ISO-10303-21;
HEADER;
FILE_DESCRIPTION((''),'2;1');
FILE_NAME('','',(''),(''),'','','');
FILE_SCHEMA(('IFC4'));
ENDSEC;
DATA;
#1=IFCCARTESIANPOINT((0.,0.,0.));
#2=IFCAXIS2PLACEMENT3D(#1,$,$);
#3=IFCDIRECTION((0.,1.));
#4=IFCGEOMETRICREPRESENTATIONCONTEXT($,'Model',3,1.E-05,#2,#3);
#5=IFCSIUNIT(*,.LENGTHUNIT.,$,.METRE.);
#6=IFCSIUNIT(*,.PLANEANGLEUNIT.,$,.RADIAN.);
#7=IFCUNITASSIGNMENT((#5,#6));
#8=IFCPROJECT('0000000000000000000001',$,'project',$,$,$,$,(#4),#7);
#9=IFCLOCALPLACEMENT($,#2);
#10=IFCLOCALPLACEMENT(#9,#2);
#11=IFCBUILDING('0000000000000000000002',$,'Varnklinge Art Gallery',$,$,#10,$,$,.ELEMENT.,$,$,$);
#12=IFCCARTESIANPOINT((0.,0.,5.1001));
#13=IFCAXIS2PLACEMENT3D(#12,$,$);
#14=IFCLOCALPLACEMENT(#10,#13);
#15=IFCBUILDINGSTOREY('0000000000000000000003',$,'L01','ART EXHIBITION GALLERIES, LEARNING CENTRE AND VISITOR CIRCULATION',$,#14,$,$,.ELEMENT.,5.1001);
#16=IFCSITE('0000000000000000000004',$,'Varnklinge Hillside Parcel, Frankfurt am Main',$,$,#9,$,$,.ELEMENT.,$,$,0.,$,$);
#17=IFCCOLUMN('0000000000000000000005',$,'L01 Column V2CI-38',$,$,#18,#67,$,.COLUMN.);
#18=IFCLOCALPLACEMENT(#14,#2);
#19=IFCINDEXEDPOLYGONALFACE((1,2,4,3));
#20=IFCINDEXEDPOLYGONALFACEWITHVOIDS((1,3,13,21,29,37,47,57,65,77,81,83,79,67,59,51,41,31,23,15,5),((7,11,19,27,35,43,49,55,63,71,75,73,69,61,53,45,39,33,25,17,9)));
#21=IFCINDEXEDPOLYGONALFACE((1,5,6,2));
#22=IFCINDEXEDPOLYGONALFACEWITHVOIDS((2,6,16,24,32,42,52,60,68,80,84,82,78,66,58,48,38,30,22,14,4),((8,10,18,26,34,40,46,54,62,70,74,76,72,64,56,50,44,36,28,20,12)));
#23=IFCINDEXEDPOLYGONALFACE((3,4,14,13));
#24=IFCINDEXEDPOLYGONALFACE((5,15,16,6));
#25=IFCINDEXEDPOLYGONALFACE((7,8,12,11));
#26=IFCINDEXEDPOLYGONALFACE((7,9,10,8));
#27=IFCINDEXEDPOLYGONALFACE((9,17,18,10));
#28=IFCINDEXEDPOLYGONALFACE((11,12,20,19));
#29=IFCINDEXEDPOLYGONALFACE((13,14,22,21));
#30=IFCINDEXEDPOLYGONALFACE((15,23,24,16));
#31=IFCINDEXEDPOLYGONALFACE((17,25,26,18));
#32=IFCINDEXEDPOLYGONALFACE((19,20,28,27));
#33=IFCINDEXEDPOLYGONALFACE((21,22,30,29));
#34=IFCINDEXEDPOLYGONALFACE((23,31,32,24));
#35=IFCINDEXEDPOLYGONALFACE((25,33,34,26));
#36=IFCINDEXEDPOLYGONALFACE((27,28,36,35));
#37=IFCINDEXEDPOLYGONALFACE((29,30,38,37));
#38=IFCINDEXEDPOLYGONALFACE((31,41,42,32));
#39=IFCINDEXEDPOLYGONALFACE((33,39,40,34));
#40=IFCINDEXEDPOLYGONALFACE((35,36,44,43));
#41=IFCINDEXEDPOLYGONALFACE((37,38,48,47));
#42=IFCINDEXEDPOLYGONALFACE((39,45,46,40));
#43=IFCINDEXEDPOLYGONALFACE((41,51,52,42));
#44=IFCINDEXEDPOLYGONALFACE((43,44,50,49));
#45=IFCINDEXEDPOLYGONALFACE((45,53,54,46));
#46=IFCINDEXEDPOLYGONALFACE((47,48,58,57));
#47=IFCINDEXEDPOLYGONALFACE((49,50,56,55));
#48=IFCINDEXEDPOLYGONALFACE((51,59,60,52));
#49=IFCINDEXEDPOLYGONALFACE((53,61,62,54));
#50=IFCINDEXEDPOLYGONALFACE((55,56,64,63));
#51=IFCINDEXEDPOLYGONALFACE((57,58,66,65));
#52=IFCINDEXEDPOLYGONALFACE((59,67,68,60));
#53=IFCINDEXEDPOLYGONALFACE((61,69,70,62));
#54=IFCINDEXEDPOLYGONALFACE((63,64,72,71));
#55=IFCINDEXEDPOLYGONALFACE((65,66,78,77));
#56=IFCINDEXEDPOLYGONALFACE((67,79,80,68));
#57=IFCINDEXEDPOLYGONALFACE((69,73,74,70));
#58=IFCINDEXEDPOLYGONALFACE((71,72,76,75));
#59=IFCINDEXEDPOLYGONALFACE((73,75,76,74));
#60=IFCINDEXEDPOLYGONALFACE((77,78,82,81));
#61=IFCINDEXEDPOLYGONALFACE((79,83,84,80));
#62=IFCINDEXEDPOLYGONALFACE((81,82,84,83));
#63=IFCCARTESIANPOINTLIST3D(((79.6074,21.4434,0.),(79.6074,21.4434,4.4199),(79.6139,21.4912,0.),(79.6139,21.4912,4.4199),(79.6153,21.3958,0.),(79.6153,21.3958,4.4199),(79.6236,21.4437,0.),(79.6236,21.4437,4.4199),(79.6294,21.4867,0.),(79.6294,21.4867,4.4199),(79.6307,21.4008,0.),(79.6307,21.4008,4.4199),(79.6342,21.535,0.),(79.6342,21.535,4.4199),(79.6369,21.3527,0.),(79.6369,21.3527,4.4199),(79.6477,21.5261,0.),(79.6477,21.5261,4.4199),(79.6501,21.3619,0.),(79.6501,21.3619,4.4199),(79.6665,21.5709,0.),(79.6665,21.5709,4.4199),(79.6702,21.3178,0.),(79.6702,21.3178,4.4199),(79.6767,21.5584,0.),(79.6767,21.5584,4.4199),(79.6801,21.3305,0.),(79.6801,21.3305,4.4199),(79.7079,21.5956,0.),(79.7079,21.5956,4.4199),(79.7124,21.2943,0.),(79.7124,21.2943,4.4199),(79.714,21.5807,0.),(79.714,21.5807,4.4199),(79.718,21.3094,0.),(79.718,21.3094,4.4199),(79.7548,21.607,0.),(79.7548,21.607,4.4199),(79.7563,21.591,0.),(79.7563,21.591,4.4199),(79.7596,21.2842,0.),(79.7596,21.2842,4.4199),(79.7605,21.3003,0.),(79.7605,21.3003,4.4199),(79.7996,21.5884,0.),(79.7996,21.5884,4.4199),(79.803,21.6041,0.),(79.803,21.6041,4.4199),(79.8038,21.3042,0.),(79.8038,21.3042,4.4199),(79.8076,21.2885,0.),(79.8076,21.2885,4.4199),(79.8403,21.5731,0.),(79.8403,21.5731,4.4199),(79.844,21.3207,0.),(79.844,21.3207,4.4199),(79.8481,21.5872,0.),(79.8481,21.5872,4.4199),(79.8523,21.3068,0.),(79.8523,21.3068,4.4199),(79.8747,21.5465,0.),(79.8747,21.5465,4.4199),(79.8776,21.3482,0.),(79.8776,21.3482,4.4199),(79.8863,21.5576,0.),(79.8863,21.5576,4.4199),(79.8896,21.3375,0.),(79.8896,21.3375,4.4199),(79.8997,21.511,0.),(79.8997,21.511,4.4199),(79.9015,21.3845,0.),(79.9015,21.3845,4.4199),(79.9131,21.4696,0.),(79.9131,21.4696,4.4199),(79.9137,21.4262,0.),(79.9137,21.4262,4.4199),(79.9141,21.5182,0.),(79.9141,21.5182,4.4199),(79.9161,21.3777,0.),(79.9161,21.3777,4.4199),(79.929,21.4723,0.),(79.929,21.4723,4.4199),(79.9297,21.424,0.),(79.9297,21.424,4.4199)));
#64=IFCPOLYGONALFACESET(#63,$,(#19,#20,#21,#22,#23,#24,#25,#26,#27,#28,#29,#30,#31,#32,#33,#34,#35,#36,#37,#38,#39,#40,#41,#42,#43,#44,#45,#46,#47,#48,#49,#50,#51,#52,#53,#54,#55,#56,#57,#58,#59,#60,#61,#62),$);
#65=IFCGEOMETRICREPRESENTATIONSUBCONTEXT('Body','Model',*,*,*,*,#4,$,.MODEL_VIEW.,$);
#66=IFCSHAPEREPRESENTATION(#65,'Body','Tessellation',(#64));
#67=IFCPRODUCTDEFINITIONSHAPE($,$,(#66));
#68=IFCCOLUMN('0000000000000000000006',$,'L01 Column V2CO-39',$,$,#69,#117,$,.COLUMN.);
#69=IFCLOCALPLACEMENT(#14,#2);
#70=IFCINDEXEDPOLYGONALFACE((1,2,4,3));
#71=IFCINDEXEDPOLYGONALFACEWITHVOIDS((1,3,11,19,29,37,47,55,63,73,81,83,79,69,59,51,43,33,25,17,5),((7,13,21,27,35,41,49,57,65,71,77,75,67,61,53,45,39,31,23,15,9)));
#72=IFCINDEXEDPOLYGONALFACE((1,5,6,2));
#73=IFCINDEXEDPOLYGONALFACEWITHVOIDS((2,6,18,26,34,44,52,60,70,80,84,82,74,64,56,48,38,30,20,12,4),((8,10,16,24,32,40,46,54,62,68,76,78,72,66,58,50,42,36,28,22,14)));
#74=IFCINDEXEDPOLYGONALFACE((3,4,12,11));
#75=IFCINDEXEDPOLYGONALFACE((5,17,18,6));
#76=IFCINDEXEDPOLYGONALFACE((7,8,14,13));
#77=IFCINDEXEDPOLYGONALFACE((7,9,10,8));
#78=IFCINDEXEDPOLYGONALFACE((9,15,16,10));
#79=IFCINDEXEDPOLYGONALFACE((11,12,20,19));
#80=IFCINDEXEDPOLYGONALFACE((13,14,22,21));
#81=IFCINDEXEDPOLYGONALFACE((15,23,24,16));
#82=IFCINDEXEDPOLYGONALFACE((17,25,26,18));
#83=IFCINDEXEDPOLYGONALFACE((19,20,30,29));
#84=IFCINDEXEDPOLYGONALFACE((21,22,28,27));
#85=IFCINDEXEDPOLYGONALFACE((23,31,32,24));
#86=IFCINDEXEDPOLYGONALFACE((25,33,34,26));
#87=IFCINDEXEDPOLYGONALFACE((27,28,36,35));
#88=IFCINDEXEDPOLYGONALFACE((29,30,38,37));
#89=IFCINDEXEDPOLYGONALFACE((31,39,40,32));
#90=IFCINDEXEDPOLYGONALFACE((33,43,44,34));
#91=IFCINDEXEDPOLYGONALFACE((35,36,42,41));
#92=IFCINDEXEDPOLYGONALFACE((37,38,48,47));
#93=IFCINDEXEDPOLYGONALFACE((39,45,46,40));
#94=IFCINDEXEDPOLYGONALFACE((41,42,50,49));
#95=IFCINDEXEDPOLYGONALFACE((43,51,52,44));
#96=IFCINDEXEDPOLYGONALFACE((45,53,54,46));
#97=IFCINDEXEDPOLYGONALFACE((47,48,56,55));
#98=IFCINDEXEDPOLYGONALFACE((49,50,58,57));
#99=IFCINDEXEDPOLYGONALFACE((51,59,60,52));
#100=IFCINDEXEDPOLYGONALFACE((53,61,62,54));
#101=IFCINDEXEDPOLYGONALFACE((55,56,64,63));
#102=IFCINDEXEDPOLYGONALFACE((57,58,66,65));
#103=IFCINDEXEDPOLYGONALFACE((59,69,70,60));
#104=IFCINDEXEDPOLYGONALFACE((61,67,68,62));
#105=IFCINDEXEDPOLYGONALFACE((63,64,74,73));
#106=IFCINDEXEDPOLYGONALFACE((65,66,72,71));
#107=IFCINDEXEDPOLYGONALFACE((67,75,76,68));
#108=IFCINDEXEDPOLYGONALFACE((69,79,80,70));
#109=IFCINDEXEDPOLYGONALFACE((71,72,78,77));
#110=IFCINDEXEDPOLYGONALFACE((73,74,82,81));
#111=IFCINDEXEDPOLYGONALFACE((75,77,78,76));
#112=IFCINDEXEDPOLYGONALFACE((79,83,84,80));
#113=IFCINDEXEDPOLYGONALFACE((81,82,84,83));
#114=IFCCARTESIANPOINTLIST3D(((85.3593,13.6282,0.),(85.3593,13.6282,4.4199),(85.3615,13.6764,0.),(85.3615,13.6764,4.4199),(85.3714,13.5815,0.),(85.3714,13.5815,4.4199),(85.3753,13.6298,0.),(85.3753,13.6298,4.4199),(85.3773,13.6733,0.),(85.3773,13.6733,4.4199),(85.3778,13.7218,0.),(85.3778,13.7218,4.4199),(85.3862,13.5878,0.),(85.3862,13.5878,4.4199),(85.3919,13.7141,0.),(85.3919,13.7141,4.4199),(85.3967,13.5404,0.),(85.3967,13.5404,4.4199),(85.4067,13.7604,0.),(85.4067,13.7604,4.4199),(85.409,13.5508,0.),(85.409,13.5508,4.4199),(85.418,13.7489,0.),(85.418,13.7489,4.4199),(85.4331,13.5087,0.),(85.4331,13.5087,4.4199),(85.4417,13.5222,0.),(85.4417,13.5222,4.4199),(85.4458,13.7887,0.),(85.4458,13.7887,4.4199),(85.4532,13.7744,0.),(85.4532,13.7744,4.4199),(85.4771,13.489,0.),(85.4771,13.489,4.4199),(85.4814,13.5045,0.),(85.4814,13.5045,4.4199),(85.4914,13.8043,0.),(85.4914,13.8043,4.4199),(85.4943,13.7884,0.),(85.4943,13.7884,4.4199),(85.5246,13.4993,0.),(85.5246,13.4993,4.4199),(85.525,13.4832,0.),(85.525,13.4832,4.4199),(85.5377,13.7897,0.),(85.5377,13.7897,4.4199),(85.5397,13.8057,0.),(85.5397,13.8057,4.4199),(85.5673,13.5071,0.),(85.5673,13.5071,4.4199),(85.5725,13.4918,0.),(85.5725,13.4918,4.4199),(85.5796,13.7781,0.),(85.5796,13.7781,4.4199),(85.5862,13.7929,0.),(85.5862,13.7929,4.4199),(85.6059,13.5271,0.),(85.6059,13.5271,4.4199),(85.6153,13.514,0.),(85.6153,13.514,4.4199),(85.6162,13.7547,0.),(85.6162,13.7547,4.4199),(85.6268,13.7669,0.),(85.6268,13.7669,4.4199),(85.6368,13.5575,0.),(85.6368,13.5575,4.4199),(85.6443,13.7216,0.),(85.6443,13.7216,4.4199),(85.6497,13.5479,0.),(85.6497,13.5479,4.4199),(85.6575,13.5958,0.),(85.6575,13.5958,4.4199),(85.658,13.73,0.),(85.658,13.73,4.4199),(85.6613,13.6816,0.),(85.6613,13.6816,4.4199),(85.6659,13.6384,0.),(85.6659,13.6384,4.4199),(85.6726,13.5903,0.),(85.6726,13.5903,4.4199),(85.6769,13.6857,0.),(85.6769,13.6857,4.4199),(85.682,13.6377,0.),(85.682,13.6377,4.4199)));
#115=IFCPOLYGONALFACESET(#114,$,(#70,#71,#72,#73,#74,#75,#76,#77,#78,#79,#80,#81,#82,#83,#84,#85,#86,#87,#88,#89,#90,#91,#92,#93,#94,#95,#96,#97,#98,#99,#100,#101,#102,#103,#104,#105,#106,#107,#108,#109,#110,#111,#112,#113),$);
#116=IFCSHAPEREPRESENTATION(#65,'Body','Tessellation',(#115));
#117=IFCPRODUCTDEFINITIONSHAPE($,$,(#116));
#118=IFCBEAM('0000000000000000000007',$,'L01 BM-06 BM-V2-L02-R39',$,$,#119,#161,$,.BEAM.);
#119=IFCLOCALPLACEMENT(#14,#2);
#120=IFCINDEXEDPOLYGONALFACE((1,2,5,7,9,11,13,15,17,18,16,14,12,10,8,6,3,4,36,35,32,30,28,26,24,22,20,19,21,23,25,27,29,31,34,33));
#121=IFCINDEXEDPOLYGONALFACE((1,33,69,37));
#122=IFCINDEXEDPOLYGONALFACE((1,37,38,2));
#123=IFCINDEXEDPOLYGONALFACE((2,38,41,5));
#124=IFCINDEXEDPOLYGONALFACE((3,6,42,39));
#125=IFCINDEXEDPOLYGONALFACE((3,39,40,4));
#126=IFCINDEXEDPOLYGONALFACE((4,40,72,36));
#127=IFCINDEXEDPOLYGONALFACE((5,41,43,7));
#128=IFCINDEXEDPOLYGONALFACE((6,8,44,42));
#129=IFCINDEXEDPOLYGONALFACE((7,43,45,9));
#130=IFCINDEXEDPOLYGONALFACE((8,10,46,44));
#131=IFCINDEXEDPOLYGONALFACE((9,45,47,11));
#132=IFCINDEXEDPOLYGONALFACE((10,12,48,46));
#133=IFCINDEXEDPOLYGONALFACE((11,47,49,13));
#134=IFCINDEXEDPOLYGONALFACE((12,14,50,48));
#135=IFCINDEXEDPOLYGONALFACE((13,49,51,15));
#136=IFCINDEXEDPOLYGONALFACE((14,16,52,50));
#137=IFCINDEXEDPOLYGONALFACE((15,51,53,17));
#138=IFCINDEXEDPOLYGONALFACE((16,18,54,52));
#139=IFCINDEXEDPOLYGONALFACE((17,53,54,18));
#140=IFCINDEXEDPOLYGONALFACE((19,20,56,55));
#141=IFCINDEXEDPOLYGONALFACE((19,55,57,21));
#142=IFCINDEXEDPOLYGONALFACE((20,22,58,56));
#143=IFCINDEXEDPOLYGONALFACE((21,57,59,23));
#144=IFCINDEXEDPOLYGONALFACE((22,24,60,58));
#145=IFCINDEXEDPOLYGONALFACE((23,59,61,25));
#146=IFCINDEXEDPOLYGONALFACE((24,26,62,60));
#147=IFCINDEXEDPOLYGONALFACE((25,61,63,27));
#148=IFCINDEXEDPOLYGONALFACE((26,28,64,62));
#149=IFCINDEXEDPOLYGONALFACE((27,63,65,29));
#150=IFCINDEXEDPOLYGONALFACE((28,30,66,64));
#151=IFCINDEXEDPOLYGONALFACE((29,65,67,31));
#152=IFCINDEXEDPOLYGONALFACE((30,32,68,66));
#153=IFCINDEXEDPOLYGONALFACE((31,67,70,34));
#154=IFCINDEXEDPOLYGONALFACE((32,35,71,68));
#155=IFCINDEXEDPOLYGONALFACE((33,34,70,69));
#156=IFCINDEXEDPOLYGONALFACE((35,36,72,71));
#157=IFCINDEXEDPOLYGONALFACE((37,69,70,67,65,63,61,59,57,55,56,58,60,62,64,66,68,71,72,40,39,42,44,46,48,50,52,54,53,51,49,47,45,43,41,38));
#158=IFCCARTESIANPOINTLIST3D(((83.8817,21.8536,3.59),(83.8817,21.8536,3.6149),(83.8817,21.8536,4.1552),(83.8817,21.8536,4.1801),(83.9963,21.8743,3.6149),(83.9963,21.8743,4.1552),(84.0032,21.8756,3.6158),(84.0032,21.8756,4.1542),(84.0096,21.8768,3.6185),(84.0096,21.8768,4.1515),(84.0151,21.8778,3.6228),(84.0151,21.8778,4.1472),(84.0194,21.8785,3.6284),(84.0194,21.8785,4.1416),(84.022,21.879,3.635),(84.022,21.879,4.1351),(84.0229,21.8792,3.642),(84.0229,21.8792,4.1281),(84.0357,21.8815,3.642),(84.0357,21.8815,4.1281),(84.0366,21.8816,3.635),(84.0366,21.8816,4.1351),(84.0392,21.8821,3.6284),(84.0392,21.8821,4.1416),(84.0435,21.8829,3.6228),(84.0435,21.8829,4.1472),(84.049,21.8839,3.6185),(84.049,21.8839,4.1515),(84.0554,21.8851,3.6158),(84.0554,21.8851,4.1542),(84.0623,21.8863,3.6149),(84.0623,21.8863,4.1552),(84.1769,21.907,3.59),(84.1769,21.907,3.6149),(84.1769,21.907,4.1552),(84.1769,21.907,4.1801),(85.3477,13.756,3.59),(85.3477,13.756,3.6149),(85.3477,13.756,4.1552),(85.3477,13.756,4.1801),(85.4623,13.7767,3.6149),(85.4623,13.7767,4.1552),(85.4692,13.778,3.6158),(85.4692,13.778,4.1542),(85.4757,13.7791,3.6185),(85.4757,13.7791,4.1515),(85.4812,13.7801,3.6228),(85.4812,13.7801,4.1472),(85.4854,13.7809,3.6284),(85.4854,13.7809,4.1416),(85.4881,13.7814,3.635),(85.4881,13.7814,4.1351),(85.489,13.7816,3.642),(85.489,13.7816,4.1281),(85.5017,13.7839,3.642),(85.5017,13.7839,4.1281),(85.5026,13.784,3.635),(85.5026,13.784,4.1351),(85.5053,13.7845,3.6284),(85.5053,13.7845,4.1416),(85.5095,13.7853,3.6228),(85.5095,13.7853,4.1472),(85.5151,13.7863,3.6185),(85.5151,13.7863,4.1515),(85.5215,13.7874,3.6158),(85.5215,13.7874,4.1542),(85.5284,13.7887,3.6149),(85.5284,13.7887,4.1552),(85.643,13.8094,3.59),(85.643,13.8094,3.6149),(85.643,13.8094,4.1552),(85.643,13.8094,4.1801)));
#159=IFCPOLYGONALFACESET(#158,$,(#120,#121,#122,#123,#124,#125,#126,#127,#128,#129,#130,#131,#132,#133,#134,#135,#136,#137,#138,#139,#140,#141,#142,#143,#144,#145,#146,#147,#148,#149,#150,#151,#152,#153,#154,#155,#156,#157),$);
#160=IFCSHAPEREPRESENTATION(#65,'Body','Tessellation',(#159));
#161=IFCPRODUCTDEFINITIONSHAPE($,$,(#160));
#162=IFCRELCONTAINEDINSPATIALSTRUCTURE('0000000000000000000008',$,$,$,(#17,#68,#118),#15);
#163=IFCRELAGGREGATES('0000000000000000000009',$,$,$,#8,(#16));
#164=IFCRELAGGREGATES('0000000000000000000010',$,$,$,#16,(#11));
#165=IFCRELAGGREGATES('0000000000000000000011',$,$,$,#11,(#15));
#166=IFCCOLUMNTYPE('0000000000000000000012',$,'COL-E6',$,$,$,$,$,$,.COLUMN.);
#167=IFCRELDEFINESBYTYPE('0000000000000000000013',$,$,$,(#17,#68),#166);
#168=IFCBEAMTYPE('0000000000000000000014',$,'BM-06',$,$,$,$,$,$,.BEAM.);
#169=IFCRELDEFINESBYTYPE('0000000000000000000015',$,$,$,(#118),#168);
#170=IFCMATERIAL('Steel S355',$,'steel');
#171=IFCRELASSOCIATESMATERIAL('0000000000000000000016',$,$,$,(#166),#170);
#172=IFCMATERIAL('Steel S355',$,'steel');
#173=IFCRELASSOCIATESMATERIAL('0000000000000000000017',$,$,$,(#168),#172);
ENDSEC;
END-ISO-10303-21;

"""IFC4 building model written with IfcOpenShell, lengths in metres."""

from ifc_helpers import new_model, si_unit, direction, frame, origin, origin_2d, place, context, subcontext, project, spatial, hollow_circle, i_section, extrude, material, material_profile, profile_set, type_object, element, save


model = new_model("IFC4")

# Units and contexts
model_context = context("Model", 3, precision=1e-05, world=origin(), true_north=direction((0.0, 1.0)))
body_context = subcontext(model_context, "Body", "Model", "MODEL_VIEW")
ifc_project = project(units=[si_unit("LENGTHUNIT", "METRE"), si_unit("PLANEANGLEUNIT", "RADIAN")], contexts=[model_context])

# Site, building, storey
site_placement = place(None, origin())
site = spatial("IfcSite", under=ifc_project, at=site_placement, Name="Varnklinge Hillside Parcel, Frankfurt am Main", CompositionType="ELEMENT", RefElevation=0.0)
building_placement = place(site_placement, origin())
building = spatial("IfcBuilding", under=site, at=building_placement, Name="Varnklinge Art Gallery", CompositionType="ELEMENT")
storey_placement = place(building_placement, frame((0.0, 0.0, 5.1001)))
storey = spatial("IfcBuildingStorey", under=building, at=storey_placement, Name="L01", Description="ART EXHIBITION GALLERIES, LEARNING CENTRE AND VISITOR CIRCULATION", CompositionType="ELEMENT", Elevation=5.1001)

# Columns
ifc_material_1 = material(Name="Steel S355", Category="steel")
ifc_material_profile_1 = material_profile(ifc_material_1, hollow_circle(Radius=0.1619, WallThickness=0.0161, at=origin_2d()), Name="CHS 323.9x16")
ifc_profile_set_1 = profile_set([ifc_material_profile_1], Name="Steel S355")
column_type = type_object("IfcColumnType", Name="COL-E6", PredefinedType="COLUMN", material=ifc_profile_set_1)
for number, where, z_axis, x_axis, name in (
    (1, (79.7693, 21.4458, 0.0), (0.0, 0.0, 1.0), (-0.089416, 0.995994, 0.0), "L01 Column V2CI-38"),
    (2, (85.5203, 13.645, 0.0), (0.0, 0.0, 1.0), (-0.178115, 0.98401, 0.0), "L01 Column V2CO-39"),
):
    element("IfcColumn", number, at=place(storey_placement, frame(where, z_axis=z_axis, x_axis=x_axis)), inside=storey, type_object=column_type, Name=name, PredefinedType="COLUMN", context=body_context, shape_type="SweptSolid", body=[
        extrude(hollow_circle(Radius=0.1619, WallThickness=0.0161, at=origin_2d()), origin(), (0.0, 0.0, 1.0), 4.4199),
    ])

# Beam
ifc_material_2 = material(Name="Steel S355", Category="steel")
ifc_material_profile_2 = material_profile(ifc_material_2, i_section(OverallWidth=0.3, OverallDepth=0.5901, WebThickness=0.0129, FlangeThickness=0.0249, FilletRadius=0.0271, at=origin_2d()), Name="HEA 600")
ifc_profile_set_2 = profile_set([ifc_material_profile_2], Name="Steel S355")
beam_type_1 = type_object("IfcBeamType", Name="BM-06", PredefinedType="BEAM", material=ifc_profile_set_2)
beam_1_placement = place(storey_placement, frame((85.4954, 13.7827, 3.885), z_axis=(-0.178152, 0.984003, 0.0), x_axis=(-0.984003, -0.178152, 0.0)))
element("IfcBeam", 3, at=beam_1_placement, inside=storey, type_object=beam_type_1, Name="L01 BM-06 BM-V2-L02-R39", PredefinedType="BEAM", context=body_context, shape_type="SweptSolid", body=[
    extrude(i_section(OverallWidth=0.3, OverallDepth=0.5901, WebThickness=0.0129, FlangeThickness=0.0249, FilletRadius=0.0271, at=origin_2d()), origin(), (0.0, 0.0, 1.0), 8.2292),
])

save(model, "model.ifc")
